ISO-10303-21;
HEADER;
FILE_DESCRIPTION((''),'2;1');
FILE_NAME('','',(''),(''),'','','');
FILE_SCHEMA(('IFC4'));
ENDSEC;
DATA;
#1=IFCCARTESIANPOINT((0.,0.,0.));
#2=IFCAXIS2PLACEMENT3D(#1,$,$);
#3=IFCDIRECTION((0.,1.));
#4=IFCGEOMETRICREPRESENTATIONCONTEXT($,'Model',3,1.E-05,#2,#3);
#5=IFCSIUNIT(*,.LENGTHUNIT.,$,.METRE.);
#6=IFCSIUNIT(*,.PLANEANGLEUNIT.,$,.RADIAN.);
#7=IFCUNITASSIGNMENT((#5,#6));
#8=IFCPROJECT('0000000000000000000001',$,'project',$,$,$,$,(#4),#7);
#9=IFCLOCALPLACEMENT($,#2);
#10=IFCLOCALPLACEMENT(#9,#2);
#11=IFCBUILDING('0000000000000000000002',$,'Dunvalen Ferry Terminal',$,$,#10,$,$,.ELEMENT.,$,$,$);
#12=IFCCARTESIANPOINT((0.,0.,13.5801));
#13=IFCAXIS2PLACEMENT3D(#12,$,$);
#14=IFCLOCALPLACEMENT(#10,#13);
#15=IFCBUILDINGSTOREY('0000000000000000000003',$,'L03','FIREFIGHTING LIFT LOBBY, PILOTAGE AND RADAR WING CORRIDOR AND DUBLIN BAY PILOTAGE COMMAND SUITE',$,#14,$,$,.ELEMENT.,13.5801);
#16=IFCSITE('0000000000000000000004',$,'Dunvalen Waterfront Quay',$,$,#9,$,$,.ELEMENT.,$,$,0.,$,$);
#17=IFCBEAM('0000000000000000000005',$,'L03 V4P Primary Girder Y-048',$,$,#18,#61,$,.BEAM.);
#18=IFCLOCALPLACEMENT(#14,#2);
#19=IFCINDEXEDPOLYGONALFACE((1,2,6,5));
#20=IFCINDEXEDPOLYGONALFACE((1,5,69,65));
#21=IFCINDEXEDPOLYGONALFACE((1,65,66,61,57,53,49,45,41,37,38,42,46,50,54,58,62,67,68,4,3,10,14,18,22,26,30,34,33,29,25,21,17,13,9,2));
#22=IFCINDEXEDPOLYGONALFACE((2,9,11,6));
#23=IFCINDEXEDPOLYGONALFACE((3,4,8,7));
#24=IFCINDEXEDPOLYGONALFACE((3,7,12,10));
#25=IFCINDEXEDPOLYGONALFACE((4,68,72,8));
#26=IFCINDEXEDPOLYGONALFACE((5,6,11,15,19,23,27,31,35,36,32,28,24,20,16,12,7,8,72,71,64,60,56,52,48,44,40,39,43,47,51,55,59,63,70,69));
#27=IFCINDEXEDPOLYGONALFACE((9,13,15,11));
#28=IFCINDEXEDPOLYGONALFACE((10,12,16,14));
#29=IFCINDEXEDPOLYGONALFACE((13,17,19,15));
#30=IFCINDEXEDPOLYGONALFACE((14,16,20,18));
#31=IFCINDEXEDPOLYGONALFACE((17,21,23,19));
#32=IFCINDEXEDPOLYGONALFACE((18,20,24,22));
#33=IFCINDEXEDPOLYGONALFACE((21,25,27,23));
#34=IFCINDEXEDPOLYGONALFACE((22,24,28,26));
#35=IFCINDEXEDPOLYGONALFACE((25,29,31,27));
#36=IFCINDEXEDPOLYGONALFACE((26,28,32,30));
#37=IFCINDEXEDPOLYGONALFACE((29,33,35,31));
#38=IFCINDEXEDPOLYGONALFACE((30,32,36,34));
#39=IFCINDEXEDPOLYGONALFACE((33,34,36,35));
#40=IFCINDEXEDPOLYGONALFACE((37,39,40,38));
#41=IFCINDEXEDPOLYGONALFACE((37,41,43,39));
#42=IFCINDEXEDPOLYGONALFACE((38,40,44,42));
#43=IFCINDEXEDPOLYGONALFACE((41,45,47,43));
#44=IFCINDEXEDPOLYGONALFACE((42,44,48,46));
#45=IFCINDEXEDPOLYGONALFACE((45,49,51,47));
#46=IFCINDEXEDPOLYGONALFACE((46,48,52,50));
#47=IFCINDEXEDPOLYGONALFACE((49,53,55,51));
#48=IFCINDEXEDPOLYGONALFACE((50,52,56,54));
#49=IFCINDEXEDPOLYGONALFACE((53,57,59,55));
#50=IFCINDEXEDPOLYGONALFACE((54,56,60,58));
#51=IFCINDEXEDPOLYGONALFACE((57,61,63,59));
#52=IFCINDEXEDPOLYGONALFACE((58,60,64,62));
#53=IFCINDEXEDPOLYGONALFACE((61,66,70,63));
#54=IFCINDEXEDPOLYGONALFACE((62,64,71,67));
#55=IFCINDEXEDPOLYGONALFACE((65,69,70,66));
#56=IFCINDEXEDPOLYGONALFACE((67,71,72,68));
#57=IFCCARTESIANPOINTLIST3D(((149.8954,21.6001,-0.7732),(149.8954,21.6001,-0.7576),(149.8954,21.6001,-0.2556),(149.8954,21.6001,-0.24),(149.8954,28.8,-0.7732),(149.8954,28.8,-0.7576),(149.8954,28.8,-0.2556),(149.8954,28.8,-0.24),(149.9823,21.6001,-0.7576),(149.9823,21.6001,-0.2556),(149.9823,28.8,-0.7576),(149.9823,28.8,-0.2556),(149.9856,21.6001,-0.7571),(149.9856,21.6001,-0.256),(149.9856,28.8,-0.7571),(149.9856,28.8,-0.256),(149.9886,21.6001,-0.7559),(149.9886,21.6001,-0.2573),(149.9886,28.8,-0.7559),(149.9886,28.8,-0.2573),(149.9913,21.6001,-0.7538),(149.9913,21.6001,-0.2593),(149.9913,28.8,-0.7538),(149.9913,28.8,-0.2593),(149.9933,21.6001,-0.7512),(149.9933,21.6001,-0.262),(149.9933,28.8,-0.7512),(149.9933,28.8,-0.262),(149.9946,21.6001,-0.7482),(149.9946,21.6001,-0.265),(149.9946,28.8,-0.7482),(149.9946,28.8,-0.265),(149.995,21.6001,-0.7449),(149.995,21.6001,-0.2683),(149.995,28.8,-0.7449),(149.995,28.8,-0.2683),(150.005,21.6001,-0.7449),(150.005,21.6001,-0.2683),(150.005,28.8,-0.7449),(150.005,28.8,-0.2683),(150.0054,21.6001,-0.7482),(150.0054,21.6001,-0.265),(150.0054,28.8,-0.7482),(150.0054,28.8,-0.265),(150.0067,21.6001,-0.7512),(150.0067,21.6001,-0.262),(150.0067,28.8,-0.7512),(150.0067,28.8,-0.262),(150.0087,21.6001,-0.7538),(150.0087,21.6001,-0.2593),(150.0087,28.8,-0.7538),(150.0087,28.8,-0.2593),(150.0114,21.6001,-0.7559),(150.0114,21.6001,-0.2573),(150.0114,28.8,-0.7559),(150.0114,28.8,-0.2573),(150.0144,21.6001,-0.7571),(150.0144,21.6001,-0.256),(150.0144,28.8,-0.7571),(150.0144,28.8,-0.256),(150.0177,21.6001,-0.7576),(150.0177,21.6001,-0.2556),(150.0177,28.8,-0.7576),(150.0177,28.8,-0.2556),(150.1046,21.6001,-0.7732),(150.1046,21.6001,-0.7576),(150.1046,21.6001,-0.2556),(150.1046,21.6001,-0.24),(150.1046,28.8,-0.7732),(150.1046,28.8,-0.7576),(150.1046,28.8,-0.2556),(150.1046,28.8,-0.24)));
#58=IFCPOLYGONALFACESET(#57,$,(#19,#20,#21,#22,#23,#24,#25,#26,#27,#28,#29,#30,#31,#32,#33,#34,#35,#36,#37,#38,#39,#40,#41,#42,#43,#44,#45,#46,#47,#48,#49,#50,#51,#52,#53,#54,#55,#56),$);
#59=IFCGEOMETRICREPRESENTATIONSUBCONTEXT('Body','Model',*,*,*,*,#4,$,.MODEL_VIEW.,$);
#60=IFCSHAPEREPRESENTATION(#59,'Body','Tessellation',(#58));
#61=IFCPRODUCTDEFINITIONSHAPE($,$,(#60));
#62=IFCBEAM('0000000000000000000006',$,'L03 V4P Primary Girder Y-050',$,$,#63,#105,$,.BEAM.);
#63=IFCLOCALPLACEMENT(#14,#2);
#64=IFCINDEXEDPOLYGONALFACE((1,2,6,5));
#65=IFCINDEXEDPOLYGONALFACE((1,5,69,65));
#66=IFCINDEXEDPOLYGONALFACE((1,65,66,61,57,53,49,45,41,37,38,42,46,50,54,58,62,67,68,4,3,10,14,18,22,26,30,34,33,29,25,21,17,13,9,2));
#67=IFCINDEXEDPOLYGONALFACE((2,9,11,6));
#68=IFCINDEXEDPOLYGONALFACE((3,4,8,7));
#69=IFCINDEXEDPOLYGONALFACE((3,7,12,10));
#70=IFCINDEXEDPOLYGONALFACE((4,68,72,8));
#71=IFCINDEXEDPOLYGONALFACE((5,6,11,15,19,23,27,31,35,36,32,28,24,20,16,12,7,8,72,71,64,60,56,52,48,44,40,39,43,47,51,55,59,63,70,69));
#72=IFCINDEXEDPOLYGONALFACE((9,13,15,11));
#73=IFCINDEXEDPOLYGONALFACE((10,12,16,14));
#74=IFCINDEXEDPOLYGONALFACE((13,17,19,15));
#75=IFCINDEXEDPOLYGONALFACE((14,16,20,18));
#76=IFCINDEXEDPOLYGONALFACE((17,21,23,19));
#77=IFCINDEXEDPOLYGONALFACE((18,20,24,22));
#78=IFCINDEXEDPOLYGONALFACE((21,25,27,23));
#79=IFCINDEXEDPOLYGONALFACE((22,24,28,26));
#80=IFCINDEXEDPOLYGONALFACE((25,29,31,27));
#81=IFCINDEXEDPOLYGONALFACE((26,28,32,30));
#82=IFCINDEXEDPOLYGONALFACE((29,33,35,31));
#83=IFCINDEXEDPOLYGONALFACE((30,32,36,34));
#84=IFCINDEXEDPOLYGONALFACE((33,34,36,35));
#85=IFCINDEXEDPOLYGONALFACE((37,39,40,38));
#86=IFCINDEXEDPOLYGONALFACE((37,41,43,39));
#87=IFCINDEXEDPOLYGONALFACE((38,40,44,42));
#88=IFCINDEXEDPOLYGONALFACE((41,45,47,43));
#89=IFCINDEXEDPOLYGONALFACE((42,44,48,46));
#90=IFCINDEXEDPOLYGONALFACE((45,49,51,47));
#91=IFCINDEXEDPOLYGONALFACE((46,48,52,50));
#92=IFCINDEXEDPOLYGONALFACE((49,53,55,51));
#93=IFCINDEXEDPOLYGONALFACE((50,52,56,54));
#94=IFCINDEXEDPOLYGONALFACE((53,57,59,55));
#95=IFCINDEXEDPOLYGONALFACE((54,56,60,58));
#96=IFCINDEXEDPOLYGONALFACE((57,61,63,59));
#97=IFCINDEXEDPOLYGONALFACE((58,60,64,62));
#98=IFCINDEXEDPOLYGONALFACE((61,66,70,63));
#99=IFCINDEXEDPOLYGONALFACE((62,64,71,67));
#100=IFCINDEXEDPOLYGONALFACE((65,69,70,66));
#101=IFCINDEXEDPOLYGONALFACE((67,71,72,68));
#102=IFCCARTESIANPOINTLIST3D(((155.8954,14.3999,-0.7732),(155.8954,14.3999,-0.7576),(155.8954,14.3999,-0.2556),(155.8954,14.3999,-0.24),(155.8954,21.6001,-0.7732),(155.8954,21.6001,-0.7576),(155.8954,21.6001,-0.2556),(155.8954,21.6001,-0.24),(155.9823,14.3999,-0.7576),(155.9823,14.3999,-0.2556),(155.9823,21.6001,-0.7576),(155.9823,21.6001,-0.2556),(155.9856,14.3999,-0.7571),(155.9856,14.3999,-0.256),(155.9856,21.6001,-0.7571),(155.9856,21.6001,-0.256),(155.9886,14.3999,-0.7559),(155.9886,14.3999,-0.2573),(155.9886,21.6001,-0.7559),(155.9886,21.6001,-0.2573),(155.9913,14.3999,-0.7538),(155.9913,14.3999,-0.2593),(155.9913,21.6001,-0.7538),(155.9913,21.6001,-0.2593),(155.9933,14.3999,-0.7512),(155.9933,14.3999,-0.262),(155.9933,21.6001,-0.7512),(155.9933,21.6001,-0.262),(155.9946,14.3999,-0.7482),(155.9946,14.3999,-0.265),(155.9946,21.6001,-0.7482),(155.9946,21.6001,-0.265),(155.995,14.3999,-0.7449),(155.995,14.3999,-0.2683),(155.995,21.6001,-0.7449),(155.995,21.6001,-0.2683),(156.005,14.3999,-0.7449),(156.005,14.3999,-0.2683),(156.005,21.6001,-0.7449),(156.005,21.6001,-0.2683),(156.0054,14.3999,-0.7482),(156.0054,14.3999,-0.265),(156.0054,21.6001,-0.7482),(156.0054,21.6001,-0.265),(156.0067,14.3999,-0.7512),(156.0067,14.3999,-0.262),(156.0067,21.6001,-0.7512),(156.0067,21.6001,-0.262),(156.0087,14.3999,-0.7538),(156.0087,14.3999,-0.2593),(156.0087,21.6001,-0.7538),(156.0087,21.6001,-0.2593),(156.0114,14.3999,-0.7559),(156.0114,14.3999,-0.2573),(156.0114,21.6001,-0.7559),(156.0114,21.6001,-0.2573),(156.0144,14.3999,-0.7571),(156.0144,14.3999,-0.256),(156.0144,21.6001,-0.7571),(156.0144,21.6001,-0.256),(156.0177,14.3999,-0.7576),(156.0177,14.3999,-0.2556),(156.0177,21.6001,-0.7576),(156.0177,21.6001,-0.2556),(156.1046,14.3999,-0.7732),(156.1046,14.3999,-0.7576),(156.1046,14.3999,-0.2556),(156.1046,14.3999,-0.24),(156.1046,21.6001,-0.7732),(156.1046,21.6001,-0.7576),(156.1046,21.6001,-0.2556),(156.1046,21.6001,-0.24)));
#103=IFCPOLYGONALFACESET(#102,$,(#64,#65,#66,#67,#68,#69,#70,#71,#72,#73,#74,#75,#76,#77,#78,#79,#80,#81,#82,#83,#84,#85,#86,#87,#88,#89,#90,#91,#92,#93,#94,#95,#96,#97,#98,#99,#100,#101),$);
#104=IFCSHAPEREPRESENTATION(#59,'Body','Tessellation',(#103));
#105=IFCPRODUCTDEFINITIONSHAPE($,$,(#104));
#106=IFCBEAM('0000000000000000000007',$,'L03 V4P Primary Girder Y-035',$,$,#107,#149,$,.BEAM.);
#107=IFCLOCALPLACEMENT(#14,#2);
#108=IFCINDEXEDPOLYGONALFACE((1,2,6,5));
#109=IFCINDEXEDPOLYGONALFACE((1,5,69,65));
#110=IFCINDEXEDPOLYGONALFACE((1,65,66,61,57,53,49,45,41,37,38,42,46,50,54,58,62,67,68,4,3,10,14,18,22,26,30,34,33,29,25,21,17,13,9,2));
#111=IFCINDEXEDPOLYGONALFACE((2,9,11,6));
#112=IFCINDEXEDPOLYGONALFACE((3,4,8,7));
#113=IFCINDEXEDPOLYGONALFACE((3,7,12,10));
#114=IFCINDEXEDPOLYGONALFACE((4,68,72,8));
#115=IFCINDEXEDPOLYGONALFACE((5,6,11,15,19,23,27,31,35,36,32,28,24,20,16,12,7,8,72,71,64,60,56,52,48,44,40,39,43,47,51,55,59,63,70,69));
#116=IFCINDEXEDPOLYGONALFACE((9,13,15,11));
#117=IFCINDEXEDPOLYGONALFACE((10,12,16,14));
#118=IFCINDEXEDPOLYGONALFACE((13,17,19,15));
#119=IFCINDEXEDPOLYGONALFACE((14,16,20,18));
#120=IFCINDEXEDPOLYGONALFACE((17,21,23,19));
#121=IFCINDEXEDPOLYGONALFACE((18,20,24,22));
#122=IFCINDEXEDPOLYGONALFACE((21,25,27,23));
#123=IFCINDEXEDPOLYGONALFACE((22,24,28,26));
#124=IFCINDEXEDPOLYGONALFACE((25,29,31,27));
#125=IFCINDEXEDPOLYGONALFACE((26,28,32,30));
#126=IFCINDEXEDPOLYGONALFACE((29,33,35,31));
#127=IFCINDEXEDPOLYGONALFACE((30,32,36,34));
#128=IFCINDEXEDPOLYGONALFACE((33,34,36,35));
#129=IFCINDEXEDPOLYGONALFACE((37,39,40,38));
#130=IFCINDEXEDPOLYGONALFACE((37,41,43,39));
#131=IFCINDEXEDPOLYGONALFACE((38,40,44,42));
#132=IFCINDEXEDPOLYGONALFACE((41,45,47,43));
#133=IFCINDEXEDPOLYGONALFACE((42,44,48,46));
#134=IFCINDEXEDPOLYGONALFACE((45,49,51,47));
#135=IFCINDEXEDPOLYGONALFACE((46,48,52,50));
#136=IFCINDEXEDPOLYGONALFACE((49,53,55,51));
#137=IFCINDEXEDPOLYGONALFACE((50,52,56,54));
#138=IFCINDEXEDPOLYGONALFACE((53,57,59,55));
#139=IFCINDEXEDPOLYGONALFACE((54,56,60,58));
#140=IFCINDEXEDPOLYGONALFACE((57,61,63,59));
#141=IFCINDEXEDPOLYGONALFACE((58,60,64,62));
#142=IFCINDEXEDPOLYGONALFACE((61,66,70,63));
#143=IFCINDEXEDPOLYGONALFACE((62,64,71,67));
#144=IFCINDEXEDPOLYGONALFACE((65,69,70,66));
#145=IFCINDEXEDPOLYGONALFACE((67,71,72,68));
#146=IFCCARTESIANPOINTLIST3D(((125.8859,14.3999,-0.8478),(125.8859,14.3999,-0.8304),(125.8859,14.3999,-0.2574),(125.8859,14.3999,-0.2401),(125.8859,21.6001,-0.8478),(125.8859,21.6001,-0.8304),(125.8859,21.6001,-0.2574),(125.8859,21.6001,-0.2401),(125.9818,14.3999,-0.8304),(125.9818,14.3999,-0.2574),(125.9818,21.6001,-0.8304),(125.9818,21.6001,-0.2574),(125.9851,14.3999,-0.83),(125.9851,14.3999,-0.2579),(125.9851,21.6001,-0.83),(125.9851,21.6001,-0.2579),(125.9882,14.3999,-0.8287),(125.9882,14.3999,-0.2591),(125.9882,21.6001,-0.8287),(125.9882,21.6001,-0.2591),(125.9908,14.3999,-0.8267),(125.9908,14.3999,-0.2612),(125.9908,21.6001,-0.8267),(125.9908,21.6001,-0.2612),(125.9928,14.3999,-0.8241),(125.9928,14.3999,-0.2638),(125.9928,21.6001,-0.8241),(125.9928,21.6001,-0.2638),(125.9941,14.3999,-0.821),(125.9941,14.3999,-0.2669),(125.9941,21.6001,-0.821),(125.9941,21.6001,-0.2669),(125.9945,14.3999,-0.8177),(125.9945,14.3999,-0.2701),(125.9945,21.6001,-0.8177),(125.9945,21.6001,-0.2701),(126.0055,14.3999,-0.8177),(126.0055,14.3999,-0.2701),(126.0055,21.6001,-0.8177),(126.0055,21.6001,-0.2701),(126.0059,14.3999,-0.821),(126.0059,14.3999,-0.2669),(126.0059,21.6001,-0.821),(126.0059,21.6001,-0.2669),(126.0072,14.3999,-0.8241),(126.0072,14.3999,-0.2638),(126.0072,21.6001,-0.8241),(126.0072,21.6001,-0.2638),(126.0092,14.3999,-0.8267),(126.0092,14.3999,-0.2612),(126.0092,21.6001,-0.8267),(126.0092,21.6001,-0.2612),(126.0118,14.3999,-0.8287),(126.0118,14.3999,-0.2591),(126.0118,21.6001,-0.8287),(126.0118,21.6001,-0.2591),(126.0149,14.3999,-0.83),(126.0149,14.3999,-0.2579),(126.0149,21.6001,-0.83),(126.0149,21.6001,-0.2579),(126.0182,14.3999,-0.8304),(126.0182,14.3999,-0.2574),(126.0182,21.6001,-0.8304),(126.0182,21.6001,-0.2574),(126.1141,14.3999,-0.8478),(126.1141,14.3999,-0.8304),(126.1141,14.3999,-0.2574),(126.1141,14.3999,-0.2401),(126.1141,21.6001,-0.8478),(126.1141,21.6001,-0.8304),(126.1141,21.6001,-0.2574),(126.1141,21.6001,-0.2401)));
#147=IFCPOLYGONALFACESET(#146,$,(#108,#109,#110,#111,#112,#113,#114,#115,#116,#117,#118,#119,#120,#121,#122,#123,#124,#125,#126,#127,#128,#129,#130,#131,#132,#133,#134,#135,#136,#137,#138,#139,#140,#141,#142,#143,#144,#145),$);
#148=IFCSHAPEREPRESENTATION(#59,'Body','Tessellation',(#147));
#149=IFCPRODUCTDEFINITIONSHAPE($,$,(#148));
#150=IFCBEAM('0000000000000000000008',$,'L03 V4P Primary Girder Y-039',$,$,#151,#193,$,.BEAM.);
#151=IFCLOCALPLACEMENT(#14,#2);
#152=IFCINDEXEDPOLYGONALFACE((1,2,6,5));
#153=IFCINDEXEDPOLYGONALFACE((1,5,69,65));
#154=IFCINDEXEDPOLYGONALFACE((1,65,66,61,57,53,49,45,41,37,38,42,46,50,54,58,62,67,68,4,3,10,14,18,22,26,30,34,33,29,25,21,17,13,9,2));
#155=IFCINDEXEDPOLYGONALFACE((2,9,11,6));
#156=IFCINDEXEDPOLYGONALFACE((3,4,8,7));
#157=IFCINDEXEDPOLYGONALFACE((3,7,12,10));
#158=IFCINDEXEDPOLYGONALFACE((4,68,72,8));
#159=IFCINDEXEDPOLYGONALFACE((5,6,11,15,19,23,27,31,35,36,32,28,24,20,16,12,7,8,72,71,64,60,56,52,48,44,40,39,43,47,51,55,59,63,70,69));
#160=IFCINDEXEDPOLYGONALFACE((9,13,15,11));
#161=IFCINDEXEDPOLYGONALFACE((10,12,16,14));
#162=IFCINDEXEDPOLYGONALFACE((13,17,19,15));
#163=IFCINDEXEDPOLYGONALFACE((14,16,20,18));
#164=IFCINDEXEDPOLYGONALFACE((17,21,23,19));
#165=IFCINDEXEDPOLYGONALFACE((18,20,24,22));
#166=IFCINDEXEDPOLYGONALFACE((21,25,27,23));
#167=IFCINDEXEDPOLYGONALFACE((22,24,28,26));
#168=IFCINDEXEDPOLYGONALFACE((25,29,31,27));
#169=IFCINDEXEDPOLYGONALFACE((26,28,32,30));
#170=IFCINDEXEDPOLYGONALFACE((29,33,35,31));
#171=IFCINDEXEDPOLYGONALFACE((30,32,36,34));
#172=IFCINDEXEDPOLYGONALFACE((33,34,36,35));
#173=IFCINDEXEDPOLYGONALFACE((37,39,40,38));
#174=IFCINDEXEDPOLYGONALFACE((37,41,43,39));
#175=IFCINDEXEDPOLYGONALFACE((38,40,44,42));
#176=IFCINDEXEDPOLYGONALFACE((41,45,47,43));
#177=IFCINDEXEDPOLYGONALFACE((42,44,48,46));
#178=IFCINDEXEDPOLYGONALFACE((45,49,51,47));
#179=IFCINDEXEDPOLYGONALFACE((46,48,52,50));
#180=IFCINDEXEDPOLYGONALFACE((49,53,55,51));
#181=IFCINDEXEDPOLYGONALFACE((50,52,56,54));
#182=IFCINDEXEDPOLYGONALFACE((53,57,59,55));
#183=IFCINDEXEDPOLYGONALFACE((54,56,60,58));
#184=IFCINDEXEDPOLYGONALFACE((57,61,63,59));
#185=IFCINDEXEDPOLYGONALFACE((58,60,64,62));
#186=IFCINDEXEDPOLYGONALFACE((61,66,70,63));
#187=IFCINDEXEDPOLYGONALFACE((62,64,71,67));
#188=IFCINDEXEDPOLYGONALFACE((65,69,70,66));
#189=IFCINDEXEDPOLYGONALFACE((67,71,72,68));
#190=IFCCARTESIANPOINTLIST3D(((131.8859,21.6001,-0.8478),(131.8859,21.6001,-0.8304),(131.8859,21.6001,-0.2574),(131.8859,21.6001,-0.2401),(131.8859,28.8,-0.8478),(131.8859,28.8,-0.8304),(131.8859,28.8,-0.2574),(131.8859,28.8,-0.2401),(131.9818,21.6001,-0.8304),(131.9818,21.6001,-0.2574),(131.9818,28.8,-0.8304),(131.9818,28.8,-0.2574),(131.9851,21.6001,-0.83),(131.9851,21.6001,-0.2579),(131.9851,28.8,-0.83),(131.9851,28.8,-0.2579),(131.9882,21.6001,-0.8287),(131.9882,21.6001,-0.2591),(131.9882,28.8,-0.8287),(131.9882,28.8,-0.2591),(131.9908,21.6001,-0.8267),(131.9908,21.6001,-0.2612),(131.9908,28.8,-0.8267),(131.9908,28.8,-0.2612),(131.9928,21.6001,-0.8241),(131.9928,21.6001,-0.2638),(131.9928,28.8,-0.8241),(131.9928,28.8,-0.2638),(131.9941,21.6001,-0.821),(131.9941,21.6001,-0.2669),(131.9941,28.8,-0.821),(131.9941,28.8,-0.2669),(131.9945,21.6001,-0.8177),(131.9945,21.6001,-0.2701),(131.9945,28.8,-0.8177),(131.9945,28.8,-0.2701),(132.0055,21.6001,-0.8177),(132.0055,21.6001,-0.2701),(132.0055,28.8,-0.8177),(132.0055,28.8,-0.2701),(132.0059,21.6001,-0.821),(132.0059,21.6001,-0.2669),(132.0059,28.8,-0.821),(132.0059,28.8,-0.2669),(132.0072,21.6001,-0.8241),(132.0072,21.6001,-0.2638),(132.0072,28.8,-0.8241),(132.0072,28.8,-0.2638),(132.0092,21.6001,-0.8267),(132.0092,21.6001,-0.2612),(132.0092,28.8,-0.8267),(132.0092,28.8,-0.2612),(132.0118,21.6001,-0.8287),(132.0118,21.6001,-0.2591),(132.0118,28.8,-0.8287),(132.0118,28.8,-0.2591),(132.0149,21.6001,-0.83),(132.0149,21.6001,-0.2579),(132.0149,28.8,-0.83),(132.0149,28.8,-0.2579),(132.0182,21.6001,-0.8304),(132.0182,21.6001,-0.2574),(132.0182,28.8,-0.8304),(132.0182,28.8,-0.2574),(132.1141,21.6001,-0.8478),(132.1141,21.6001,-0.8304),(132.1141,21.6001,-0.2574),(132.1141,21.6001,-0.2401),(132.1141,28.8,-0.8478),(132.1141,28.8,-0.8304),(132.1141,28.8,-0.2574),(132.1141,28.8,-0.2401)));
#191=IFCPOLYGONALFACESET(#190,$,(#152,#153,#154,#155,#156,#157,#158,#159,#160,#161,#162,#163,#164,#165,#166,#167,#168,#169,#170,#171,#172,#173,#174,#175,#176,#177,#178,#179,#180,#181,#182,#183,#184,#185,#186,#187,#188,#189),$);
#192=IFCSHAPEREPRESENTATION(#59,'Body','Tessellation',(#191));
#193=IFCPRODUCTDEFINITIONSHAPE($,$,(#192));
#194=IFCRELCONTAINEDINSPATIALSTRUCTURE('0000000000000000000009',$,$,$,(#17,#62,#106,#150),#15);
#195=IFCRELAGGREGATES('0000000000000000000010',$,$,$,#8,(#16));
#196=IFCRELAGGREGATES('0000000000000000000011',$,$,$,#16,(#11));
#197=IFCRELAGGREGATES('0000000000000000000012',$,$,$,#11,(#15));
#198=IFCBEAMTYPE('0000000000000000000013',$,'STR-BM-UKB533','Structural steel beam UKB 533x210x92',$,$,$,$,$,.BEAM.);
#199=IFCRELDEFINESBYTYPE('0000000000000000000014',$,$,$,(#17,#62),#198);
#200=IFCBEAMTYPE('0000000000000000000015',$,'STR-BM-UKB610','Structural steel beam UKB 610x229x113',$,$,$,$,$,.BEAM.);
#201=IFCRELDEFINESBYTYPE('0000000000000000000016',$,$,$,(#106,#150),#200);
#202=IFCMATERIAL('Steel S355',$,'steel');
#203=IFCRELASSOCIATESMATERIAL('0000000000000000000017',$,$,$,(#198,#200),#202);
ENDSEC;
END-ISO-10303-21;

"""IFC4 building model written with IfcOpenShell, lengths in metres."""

from ifc_helpers import new_model, si_unit, direction, frame, origin, origin_2d, place, context, subcontext, project, spatial, i_section, extrude, material, material_profile, profile_set, type_object, element, save


model = new_model("IFC4")

# Units and contexts
model_context = context("Model", 3, precision=1e-05, world=origin(), true_north=direction((0.0, 1.0)))
body_context = subcontext(model_context, "Body", "Model", "MODEL_VIEW")
ifc_project = project(units=[si_unit("LENGTHUNIT", "METRE"), si_unit("PLANEANGLEUNIT", "RADIAN")], contexts=[model_context])

# Site, building, storey
site_placement = place(None, origin())
site = spatial("IfcSite", under=ifc_project, at=site_placement, Name="Dunvalen Waterfront Quay", CompositionType="ELEMENT", RefElevation=0.0)
building_placement = place(site_placement, origin())
building = spatial("IfcBuilding", under=site, at=building_placement, Name="Dunvalen Ferry Terminal", CompositionType="ELEMENT")
storey_placement = place(building_placement, frame((0.0, 0.0, 13.5801)))
storey = spatial("IfcBuildingStorey", under=building, at=storey_placement, Name="L03", Description="FIREFIGHTING LIFT LOBBY, PILOTAGE AND RADAR WING CORRIDOR AND DUBLIN BAY PILOTAGE COMMAND SUITE", CompositionType="ELEMENT", Elevation=13.5801)

# Beams
ifc_material_1 = material(Name="Steel S355", Category="steel")
ifc_material_profile_1 = material_profile(ifc_material_1, i_section(OverallWidth=0.2092, OverallDepth=0.5332, WebThickness=0.01, FlangeThickness=0.0156, FilletRadius=0.0127, at=origin_2d()), Name="Steel S355")
ifc_profile_set_1 = profile_set([ifc_material_profile_1], Name="Steel S355")
beam_type_1 = type_object("IfcBeamType", Name="STR-BM-UKB533", Description="Structural steel beam UKB 533x210x92", PredefinedType="BEAM", material=ifc_profile_set_1)
beam_1_placement = place(storey_placement, frame((150.0, 21.6001, -0.5066), z_axis=(0.0, 1.0, 0.0), x_axis=(-1.0, 0.0, 0.0)))
element("IfcBeam", 1, at=beam_1_placement, inside=storey, type_object=beam_type_1, Name="L03 V4P Primary Girder Y-048", PredefinedType="BEAM", context=body_context, shape_type="SweptSolid", body=[
    extrude(i_section(OverallWidth=0.2092, OverallDepth=0.5332, WebThickness=0.01, FlangeThickness=0.0156, FilletRadius=0.0127, at=origin_2d()), origin(), (0.0, 0.0, 1.0), 7.2),
])
beam_2_placement = place(storey_placement, frame((156.0, 14.3999, -0.5066), z_axis=(0.0, 1.0, 0.0), x_axis=(-1.0, 0.0, 0.0)))
element("IfcBeam", 2, at=beam_2_placement, inside=storey, type_object=beam_type_1, Name="L03 V4P Primary Girder Y-050", PredefinedType="BEAM", context=body_context, shape_type="SweptSolid", body=[
    extrude(i_section(OverallWidth=0.2092, OverallDepth=0.5332, WebThickness=0.01, FlangeThickness=0.0156, FilletRadius=0.0127, at=origin_2d()), origin(), (0.0, 0.0, 1.0), 7.2002),
])
ifc_material_profile_2 = material_profile(ifc_material_1, i_section(OverallWidth=0.2283, OverallDepth=0.6077, WebThickness=0.011, FlangeThickness=0.0173, FilletRadius=0.0127, at=origin_2d()), Name="Steel S355")
ifc_profile_set_2 = profile_set([ifc_material_profile_2], Name="Steel S355")
beam_type_2 = type_object("IfcBeamType", Name="STR-BM-UKB610", Description="Structural steel beam UKB 610x229x113", PredefinedType="BEAM", material=ifc_profile_set_2)
beam_3_placement = place(storey_placement, frame((126.0, 14.3999, -0.5439), z_axis=(0.0, 1.0, 0.0), x_axis=(-1.0, 0.0, 0.0)))
element("IfcBeam", 3, at=beam_3_placement, inside=storey, type_object=beam_type_2, Name="L03 V4P Primary Girder Y-035", PredefinedType="BEAM", context=body_context, shape_type="SweptSolid", body=[
    extrude(i_section(OverallWidth=0.2283, OverallDepth=0.6077, WebThickness=0.011, FlangeThickness=0.0173, FilletRadius=0.0127, at=origin_2d()), origin(), (0.0, 0.0, 1.0), 7.2002),
])
beam_4_placement = place(storey_placement, frame((132.0, 21.6001, -0.5439), z_axis=(0.0, 1.0, 0.0), x_axis=(-1.0, 0.0, 0.0)))
element("IfcBeam", 4, at=beam_4_placement, inside=storey, type_object=beam_type_2, Name="L03 V4P Primary Girder Y-039", PredefinedType="BEAM", context=body_context, shape_type="SweptSolid", body=[
    extrude(i_section(OverallWidth=0.2283, OverallDepth=0.6077, WebThickness=0.011, FlangeThickness=0.0173, FilletRadius=0.0127, at=origin_2d()), origin(), (0.0, 0.0, 1.0), 7.2),
])

save(model, "model.ifc")
